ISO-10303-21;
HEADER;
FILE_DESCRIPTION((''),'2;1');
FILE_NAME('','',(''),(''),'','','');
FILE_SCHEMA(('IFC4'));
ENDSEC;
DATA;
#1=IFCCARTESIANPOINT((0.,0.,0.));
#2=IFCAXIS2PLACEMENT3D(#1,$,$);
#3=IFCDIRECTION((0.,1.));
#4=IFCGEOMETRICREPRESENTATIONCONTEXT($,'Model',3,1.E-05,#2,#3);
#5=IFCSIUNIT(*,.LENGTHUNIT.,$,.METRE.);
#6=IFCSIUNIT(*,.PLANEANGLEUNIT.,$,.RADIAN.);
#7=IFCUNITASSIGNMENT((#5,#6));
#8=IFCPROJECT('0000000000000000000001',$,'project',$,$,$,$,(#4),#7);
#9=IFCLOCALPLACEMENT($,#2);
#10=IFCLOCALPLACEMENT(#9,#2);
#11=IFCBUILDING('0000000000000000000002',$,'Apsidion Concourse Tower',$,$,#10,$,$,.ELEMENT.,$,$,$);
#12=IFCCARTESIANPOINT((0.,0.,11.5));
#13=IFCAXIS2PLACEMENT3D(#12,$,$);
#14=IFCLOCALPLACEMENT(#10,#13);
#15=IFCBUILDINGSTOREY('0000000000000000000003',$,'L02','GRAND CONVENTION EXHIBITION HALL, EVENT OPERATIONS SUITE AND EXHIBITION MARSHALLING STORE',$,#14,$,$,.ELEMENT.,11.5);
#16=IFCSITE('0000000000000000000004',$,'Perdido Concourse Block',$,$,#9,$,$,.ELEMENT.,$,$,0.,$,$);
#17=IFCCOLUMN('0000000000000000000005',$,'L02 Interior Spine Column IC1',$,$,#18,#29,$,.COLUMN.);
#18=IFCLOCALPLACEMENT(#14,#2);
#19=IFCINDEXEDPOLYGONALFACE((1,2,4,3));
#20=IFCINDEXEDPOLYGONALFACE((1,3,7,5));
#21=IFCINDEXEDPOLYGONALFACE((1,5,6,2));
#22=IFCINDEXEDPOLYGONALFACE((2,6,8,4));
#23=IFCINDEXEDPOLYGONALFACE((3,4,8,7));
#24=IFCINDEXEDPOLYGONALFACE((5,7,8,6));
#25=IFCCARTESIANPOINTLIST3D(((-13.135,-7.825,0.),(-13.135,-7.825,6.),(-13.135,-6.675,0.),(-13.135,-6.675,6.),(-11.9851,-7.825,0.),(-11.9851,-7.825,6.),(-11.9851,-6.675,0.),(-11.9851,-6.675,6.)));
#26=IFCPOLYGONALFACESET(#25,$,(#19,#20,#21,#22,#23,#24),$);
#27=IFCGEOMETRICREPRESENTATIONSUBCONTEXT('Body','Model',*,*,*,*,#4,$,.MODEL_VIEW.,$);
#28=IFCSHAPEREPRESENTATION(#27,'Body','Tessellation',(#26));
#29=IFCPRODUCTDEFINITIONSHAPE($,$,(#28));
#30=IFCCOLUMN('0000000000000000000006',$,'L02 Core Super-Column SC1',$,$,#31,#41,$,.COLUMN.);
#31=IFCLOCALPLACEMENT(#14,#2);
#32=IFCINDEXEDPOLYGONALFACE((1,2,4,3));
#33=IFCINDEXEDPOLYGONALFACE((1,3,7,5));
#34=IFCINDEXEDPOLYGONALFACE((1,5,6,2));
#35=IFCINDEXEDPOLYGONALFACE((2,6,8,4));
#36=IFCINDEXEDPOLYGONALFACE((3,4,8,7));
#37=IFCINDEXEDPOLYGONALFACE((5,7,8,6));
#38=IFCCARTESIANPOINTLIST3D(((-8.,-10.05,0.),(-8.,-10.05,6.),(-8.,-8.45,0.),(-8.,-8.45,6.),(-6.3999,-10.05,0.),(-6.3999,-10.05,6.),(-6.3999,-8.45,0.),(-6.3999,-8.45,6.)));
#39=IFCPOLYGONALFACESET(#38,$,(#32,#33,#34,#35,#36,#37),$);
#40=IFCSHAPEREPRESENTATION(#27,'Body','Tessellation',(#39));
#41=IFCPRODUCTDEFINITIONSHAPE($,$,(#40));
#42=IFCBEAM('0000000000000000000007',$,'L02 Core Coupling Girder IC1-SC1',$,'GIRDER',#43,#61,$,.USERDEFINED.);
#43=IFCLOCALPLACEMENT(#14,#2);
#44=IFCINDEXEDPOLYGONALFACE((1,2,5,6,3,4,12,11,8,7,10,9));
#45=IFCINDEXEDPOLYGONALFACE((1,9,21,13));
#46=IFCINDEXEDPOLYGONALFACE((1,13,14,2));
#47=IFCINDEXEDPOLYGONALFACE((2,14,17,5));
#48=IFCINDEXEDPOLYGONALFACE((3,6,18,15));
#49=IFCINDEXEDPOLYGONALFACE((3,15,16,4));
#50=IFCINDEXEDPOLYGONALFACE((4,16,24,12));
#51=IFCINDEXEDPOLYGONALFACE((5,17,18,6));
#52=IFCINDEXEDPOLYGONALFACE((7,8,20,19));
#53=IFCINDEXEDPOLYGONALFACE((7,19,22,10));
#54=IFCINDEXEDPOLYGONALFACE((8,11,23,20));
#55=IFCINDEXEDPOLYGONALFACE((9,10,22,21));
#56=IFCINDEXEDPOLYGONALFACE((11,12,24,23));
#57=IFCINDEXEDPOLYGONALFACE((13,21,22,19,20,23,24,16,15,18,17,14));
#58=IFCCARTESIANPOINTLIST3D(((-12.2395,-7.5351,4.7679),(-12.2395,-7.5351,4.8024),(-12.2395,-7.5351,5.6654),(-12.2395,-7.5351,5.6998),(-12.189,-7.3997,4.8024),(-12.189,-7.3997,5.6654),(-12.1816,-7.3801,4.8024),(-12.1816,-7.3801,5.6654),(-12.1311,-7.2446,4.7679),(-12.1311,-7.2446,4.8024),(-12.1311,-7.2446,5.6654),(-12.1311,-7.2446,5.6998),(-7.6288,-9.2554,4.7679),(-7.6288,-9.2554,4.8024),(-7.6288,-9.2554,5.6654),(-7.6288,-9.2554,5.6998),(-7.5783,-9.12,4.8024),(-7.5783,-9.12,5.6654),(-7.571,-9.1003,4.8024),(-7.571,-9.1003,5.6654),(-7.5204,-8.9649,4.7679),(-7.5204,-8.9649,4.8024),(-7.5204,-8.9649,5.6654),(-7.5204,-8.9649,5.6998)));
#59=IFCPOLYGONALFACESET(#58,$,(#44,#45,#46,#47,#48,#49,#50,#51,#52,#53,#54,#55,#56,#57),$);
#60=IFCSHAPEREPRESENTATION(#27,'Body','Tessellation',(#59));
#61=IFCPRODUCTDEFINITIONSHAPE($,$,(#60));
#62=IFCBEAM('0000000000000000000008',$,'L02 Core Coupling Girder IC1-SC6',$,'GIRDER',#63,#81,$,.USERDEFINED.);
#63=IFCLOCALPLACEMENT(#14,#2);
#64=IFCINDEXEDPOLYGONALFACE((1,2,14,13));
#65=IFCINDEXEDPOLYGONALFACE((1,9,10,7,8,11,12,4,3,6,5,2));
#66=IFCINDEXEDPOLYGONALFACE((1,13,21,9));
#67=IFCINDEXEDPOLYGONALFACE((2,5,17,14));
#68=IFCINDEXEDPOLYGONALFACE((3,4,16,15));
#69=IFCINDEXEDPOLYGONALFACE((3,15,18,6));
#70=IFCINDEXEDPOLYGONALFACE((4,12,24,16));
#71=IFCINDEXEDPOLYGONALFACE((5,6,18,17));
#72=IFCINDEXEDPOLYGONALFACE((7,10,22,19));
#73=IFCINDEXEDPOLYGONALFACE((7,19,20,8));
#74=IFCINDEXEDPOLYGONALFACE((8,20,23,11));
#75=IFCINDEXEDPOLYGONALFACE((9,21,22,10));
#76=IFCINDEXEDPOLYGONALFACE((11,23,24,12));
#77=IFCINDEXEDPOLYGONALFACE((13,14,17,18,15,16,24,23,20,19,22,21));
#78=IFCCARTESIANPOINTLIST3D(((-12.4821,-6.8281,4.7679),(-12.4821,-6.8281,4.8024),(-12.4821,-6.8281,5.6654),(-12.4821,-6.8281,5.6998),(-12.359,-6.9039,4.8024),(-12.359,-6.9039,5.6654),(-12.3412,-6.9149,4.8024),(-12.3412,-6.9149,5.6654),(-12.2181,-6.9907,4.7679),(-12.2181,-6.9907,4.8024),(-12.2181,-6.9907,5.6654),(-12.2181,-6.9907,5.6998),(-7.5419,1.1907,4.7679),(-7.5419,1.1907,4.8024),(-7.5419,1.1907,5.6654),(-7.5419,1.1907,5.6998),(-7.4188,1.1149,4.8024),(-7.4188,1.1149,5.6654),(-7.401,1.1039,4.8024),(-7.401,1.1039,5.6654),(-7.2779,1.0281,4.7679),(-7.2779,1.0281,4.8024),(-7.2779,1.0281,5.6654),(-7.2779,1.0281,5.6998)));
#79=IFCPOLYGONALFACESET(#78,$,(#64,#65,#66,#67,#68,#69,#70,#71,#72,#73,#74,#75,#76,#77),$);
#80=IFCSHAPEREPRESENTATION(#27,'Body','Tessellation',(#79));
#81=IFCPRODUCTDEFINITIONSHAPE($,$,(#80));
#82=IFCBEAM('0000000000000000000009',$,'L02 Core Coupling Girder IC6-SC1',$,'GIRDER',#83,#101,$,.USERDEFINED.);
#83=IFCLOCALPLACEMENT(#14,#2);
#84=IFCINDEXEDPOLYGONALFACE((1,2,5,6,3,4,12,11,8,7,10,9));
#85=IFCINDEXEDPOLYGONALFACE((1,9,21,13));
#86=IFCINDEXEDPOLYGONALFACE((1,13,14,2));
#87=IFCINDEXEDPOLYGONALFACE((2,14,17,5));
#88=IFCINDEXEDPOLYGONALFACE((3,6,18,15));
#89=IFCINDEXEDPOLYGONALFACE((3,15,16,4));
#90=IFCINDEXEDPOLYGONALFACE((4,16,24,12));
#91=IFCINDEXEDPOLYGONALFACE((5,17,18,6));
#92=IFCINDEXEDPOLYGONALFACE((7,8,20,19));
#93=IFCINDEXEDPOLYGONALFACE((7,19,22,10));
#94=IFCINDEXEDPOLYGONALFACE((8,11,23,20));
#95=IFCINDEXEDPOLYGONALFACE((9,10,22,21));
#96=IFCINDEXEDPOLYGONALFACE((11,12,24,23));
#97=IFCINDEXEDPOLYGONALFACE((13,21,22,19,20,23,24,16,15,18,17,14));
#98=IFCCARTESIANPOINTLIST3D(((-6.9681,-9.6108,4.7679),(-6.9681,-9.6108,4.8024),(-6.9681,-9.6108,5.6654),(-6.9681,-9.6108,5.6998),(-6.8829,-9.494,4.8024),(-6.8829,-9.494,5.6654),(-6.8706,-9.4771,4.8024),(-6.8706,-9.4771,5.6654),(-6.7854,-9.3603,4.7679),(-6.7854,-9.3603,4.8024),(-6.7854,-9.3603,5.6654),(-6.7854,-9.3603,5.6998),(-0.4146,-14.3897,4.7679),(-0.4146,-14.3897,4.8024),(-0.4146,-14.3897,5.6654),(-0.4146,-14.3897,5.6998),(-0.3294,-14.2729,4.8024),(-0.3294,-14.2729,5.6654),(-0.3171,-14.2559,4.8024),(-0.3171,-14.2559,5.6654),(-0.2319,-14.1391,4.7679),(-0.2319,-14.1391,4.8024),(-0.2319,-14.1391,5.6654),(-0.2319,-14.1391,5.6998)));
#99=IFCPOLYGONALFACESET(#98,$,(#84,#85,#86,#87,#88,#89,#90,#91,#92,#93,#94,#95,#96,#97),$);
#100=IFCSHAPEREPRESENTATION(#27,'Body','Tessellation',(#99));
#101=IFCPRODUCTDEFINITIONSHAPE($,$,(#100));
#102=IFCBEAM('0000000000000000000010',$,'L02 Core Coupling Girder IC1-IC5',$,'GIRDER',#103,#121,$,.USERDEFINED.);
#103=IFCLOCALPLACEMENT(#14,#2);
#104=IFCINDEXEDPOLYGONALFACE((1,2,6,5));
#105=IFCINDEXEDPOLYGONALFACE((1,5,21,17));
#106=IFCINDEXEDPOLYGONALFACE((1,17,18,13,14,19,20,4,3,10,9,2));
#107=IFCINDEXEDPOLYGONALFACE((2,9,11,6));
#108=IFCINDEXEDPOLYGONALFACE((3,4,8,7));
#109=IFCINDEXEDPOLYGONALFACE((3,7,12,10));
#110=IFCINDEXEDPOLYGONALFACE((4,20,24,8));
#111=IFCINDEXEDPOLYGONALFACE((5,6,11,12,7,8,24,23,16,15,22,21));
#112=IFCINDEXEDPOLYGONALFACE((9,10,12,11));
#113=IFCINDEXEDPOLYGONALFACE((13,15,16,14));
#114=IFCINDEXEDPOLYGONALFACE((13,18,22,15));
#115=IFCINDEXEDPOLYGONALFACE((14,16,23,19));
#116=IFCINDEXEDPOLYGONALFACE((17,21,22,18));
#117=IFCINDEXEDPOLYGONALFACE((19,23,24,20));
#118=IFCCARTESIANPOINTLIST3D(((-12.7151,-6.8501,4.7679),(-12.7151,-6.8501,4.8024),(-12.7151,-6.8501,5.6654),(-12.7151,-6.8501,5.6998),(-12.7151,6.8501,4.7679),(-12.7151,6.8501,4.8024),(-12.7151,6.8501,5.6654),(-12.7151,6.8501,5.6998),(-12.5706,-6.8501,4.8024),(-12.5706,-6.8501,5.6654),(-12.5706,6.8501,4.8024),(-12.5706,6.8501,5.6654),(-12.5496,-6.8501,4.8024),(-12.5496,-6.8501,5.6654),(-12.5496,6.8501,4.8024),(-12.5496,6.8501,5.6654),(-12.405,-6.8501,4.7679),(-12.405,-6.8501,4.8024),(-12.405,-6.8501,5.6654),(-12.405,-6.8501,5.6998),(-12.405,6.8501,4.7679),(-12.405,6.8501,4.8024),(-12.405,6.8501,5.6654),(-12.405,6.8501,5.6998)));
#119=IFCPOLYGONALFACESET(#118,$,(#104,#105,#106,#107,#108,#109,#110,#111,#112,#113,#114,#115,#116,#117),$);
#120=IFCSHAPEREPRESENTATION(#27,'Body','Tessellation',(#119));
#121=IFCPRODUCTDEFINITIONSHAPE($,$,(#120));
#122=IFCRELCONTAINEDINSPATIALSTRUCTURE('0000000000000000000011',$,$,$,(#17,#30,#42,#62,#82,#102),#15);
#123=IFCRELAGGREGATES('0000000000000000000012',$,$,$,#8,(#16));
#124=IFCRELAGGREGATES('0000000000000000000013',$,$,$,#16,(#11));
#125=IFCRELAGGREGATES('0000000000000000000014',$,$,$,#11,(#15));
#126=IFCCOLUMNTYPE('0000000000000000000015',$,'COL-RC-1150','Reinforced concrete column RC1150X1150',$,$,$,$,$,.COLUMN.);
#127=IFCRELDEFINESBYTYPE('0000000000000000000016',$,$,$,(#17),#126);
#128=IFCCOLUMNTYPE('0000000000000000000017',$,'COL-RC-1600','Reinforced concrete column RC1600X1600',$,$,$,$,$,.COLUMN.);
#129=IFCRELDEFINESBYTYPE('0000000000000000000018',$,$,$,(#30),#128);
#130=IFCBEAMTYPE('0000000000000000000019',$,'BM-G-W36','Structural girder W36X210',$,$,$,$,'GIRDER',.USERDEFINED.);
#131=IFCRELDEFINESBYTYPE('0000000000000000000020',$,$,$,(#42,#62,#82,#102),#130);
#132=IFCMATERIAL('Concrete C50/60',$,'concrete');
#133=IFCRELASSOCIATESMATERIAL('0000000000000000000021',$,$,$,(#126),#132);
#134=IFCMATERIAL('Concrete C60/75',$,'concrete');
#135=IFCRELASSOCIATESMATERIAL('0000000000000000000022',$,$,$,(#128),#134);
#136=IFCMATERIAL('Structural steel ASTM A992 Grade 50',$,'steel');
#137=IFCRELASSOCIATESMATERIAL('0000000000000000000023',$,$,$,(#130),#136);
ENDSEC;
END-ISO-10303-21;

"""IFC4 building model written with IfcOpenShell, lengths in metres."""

from ifc_helpers import new_model, si_unit, direction, frame, origin, origin_2d, place, context, subcontext, project, spatial, rectangle, i_section, extrude, material, material_profile, profile_set, type_object, element, save


model = new_model("IFC4")

# Units and contexts
model_context = context("Model", 3, precision=1e-05, world=origin(), true_north=direction((0.0, 1.0)))
body_context = subcontext(model_context, "Body", "Model", "MODEL_VIEW")
ifc_project = project(units=[si_unit("LENGTHUNIT", "METRE"), si_unit("PLANEANGLEUNIT", "RADIAN")], contexts=[model_context])

# Site, building, storey
site_placement = place(None, origin())
site = spatial("IfcSite", under=ifc_project, at=site_placement, Name="Perdido Concourse Block", CompositionType="ELEMENT", RefElevation=0.0)
building_placement = place(site_placement, origin())
building = spatial("IfcBuilding", under=site, at=building_placement, Name="Apsidion Concourse Tower", CompositionType="ELEMENT")
storey_placement = place(building_placement, frame((0.0, 0.0, 11.5)))
storey = spatial("IfcBuildingStorey", under=building, at=storey_placement, Name="L02", Description="GRAND CONVENTION EXHIBITION HALL, EVENT OPERATIONS SUITE AND EXHIBITION MARSHALLING STORE", CompositionType="ELEMENT", Elevation=11.5)

# Columns
ifc_material_1 = material(Name="Concrete C50/60", Category="concrete")
ifc_material_profile_1 = material_profile(ifc_material_1, rectangle(XDim=1.1499, YDim=1.1499, at=origin_2d()), Name="RC 1150x1150")
ifc_profile_set_1 = profile_set([ifc_material_profile_1], Name="Concrete C50/60")
column_type_1 = type_object("IfcColumnType", Name="COL-RC-1150", Description="Reinforced concrete column RC1150X1150", PredefinedType="COLUMN", material=ifc_profile_set_1)
column_1_placement = place(storey_placement, frame((-12.5601, -7.25, 0.0), z_axis=(0.0, 0.0, 1.0), x_axis=(1.0, 0.0, 0.0)))
element("IfcColumn", 1, at=column_1_placement, inside=storey, type_object=column_type_1, Name="L02 Interior Spine Column IC1", PredefinedType="COLUMN", context=body_context, shape_type="SweptSolid", body=[
    extrude(rectangle(XDim=1.1499, YDim=1.1499, at=origin_2d()), origin(), (0.0, 0.0, 1.0), 6.0),
])
ifc_material_2 = material(Name="Concrete C60/75", Category="concrete")
ifc_material_profile_2 = material_profile(ifc_material_2, rectangle(XDim=1.6001, YDim=1.6001, at=origin_2d()), Name="RC 1600x1600")
ifc_profile_set_2 = profile_set([ifc_material_profile_2], Name="Concrete C60/75")
column_type_2 = type_object("IfcColumnType", Name="COL-RC-1600", Description="Reinforced concrete column RC1600X1600", PredefinedType="COLUMN", material=ifc_profile_set_2)
column_2_placement = place(storey_placement, frame((-7.2, -9.25, 0.0), z_axis=(0.0, 0.0, 1.0), x_axis=(1.0, 0.0, 0.0)))
element("IfcColumn", 2, at=column_2_placement, inside=storey, type_object=column_type_2, Name="L02 Core Super-Column SC1", PredefinedType="COLUMN", context=body_context, shape_type="SweptSolid", body=[
    extrude(rectangle(XDim=1.6001, YDim=1.6001, at=origin_2d()), origin(), (0.0, 0.0, 1.0), 6.0),
])

# Beams
ifc_material_3 = material(Name="Structural steel ASTM A992 Grade 50", Category="steel")
ifc_material_profile_3 = material_profile(ifc_material_3, i_section(OverallWidth=0.3101, OverallDepth=0.9319, WebThickness=0.021, FlangeThickness=0.0344, at=origin_2d()), Name="W36X210")
ifc_profile_set_3 = profile_set([ifc_material_profile_3], Name="Structural steel ASTM A992 Grade 50")
beam_type = type_object("IfcBeamType", Name="BM-G-W36", Description="Structural girder W36X210", ElementType="GIRDER", PredefinedType="USERDEFINED", material=ifc_profile_set_3)
beam_1_placement = place(storey_placement, frame((-12.1853, -7.3899, 5.2339), z_axis=(0.936913, -0.349563, 0.0), x_axis=(0.349563, 0.936913, 0.0)))
element("IfcBeam", 3, at=beam_1_placement, inside=storey, type_object=beam_type, Name="L02 Core Coupling Girder IC1-SC1", ObjectType="GIRDER", PredefinedType="USERDEFINED", context=body_context, shape_type="SweptSolid", body=[
    extrude(i_section(OverallWidth=0.3101, OverallDepth=0.9319, WebThickness=0.021, FlangeThickness=0.0344, at=origin_2d()), origin(), (0.0, 0.0, 1.0), 4.9211),
])
beam_2_placement = place(storey_placement, frame((-12.3501, -6.9094, 5.2339), z_axis=(0.524524, 0.851396, 0.0), x_axis=(-0.851396, 0.524524, 0.0)))
element("IfcBeam", 4, at=beam_2_placement, inside=storey, type_object=beam_type, Name="L02 Core Coupling Girder IC1-SC6", ObjectType="GIRDER", PredefinedType="USERDEFINED", context=body_context, shape_type="SweptSolid", body=[
    extrude(i_section(OverallWidth=0.3101, OverallDepth=0.9319, WebThickness=0.021, FlangeThickness=0.0344, at=origin_2d()), origin(), (0.0, 0.0, 1.0), 9.4185),
])
beam_3_placement = place(storey_placement, frame((-0.3232, -14.2644, 5.2339), z_axis=(-0.807993, 0.589191, 0.0), x_axis=(-0.589191, -0.807993, 0.0)))
element("IfcBeam", 5, at=beam_3_placement, inside=storey, type_object=beam_type, Name="L02 Core Coupling Girder IC6-SC1", ObjectType="GIRDER", PredefinedType="USERDEFINED", context=body_context, shape_type="SweptSolid", body=[
    extrude(i_section(OverallWidth=0.3101, OverallDepth=0.9319, WebThickness=0.021, FlangeThickness=0.0344, at=origin_2d()), origin(), (0.0, 0.0, 1.0), 8.1108),
])
beam_4_placement = place(storey_placement, frame((-12.5601, -6.8501, 5.2339), z_axis=(0.0, 1.0, 0.0), x_axis=(-1.0, 0.0, 0.0)))
element("IfcBeam", 6, at=beam_4_placement, inside=storey, type_object=beam_type, Name="L02 Core Coupling Girder IC1-IC5", ObjectType="GIRDER", PredefinedType="USERDEFINED", context=body_context, shape_type="SweptSolid", body=[
    extrude(i_section(OverallWidth=0.3101, OverallDepth=0.9319, WebThickness=0.021, FlangeThickness=0.0344, at=origin_2d()), origin(), (0.0, 0.0, 1.0), 13.7002),
])

save(model, "model.ifc")
